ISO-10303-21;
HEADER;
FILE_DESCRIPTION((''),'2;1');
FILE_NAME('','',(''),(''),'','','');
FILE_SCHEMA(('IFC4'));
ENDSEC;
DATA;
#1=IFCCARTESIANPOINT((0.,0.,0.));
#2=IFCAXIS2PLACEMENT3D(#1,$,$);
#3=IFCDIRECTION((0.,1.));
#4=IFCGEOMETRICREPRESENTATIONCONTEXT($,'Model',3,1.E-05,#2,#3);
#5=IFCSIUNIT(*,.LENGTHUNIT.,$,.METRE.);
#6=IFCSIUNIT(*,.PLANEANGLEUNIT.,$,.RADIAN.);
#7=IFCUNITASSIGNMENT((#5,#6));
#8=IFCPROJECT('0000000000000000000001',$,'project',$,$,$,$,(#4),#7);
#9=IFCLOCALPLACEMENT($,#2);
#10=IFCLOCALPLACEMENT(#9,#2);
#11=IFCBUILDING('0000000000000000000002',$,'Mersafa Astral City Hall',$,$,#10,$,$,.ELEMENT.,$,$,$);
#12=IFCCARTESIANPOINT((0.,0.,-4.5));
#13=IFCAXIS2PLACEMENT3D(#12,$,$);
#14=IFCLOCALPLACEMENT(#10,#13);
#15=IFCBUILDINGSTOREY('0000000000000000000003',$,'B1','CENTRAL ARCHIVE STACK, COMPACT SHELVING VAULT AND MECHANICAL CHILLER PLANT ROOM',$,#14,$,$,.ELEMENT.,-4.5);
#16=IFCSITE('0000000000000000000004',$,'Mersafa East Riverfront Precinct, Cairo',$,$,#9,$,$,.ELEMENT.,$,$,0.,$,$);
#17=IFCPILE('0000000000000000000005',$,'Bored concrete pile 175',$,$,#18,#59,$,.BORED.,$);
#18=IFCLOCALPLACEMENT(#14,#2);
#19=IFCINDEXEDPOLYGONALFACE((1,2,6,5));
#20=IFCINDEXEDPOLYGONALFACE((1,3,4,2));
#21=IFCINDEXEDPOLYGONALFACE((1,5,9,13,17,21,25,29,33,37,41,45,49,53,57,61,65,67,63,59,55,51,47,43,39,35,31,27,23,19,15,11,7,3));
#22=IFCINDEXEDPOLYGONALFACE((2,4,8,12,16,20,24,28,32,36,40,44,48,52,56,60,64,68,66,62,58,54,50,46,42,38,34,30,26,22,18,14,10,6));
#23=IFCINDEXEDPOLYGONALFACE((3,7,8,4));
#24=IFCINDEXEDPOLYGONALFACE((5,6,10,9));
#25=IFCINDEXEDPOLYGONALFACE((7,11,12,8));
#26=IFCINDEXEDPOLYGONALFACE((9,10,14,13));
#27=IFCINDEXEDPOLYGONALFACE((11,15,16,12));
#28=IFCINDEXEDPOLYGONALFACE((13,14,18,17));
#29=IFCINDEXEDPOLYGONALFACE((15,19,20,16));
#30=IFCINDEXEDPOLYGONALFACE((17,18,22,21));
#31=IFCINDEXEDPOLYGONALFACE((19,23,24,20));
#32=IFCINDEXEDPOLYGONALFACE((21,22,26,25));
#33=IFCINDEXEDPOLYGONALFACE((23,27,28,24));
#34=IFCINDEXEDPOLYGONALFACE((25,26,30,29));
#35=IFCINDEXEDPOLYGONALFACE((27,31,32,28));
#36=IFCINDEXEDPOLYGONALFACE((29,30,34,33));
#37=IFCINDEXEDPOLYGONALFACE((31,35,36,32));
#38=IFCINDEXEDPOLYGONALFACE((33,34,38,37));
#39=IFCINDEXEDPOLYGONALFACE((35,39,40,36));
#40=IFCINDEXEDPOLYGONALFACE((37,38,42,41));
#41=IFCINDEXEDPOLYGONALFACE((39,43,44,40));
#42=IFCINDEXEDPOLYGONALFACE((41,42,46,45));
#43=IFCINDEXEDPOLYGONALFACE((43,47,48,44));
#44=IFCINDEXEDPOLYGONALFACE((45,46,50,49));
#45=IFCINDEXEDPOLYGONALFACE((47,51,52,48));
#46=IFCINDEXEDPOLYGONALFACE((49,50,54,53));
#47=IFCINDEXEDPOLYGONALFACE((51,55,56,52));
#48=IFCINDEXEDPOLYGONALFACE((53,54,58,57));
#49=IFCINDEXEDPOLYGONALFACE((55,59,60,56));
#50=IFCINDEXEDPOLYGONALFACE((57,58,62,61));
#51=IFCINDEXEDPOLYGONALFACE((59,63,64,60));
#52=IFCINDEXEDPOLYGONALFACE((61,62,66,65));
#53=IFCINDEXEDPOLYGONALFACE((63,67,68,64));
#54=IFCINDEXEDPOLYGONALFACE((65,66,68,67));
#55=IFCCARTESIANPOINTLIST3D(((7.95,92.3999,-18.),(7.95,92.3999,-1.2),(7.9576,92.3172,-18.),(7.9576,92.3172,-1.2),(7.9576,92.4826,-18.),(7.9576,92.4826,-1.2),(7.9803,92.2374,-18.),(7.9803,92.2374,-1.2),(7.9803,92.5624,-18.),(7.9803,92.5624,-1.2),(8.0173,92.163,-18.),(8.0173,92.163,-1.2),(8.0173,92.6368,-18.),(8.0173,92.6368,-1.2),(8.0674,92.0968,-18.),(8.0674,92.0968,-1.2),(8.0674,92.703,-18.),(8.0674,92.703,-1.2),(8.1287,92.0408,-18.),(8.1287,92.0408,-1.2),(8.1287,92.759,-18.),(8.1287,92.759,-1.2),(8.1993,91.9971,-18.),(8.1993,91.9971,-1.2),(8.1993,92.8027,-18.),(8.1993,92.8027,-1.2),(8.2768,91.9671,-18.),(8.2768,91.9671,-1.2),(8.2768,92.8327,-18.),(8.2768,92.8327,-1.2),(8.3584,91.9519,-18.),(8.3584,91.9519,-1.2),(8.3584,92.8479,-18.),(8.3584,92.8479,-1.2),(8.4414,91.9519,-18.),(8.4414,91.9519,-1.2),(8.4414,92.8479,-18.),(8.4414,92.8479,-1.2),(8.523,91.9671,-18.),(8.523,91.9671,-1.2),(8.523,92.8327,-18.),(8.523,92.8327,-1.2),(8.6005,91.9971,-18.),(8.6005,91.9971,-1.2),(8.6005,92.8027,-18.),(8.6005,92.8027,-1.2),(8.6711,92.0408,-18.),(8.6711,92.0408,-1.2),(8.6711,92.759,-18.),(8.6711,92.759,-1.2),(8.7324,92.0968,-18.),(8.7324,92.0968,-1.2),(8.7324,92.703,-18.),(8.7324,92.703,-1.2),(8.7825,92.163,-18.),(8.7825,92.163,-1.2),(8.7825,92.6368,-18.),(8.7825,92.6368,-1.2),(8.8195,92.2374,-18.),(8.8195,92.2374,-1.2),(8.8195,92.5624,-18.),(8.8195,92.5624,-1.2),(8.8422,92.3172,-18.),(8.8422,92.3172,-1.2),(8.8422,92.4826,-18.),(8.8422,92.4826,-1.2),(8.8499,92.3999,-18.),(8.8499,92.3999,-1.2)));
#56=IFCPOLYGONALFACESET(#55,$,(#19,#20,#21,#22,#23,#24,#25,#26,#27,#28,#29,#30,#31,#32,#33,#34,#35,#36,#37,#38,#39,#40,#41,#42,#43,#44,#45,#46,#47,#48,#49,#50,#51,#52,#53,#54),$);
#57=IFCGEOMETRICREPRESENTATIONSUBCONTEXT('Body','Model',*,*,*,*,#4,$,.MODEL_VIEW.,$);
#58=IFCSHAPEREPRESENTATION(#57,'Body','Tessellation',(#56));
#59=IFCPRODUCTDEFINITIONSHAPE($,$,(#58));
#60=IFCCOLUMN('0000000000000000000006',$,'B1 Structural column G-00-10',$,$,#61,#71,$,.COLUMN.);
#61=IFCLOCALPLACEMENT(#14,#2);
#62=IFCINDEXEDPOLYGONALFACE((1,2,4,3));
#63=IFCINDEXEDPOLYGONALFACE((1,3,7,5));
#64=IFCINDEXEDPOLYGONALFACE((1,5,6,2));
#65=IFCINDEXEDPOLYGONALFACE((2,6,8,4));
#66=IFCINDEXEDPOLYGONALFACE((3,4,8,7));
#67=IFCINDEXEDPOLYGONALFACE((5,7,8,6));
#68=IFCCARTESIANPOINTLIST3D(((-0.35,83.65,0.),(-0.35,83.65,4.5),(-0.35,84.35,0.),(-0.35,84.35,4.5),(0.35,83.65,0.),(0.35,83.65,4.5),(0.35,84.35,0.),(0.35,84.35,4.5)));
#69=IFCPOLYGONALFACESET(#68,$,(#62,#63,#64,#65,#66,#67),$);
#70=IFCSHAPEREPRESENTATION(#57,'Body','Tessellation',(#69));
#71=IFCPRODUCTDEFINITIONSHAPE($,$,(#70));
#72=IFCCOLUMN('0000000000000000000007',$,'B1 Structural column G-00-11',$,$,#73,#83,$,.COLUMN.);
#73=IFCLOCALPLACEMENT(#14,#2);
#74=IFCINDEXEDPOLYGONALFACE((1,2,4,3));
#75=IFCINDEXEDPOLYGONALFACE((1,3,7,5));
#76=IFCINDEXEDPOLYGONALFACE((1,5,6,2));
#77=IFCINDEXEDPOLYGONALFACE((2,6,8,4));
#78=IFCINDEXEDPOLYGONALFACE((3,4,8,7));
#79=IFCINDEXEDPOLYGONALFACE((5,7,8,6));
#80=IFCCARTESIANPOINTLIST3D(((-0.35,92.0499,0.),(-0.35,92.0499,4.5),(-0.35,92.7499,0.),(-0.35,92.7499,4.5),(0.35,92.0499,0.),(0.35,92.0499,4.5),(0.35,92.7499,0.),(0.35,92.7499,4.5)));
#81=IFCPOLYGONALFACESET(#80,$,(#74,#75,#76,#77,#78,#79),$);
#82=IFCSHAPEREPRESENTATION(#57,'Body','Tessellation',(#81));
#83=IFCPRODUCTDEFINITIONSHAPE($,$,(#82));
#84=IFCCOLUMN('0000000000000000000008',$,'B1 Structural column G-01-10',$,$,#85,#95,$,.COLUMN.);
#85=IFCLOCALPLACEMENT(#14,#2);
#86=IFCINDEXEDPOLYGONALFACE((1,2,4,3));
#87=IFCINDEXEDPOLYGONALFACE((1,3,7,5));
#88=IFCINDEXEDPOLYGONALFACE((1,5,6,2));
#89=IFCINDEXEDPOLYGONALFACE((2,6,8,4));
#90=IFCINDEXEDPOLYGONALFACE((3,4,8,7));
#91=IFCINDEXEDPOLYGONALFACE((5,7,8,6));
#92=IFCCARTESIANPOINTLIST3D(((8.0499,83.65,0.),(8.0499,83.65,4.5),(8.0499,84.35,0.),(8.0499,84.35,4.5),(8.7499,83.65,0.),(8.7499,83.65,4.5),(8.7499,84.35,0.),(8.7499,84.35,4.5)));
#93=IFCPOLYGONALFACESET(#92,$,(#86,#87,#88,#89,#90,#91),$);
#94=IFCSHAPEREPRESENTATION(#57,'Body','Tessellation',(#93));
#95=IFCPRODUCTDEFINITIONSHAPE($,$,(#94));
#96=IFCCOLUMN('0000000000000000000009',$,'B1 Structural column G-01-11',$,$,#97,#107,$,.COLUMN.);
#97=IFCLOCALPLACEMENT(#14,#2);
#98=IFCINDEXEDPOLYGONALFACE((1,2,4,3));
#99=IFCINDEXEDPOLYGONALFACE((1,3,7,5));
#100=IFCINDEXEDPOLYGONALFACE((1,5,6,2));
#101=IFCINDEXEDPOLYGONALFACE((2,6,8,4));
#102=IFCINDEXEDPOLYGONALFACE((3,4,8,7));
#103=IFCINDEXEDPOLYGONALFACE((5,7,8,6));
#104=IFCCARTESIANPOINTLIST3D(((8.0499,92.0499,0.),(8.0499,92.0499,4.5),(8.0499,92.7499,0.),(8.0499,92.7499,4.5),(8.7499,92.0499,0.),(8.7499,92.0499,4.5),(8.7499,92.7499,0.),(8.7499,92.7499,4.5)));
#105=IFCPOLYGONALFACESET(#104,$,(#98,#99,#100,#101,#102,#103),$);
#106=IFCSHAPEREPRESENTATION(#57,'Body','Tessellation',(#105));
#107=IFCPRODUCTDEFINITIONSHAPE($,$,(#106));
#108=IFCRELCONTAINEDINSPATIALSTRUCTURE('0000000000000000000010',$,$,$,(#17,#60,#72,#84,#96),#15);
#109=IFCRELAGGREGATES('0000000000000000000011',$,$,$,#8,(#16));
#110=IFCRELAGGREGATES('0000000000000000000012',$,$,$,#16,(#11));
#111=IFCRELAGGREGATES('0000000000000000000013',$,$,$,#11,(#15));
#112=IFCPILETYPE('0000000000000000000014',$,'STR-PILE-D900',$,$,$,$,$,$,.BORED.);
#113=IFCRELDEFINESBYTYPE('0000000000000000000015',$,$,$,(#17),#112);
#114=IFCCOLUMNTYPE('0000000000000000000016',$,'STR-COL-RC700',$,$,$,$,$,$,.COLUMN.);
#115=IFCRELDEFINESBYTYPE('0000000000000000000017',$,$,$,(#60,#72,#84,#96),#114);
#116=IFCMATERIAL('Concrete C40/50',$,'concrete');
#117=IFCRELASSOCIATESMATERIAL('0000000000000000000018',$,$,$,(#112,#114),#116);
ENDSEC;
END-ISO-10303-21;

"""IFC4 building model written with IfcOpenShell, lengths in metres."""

from ifc_helpers import new_model, si_unit, direction, frame, origin, origin_2d, place, context, subcontext, project, spatial, rectangle, circle, extrude, material, material_profile, profile_set, type_object, element, save


model = new_model("IFC4")

# Units and contexts
model_context = context("Model", 3, precision=1e-05, world=origin(), true_north=direction((0.0, 1.0)))
body_context = subcontext(model_context, "Body", "Model", "MODEL_VIEW")
ifc_project = project(units=[si_unit("LENGTHUNIT", "METRE"), si_unit("PLANEANGLEUNIT", "RADIAN")], contexts=[model_context])

# Site, building, storey
site_placement = place(None, origin())
site = spatial("IfcSite", under=ifc_project, at=site_placement, Name="Mersafa East Riverfront Precinct, Cairo", CompositionType="ELEMENT", RefElevation=0.0)
building_placement = place(site_placement, origin())
building = spatial("IfcBuilding", under=site, at=building_placement, Name="Mersafa Astral City Hall", CompositionType="ELEMENT")
storey_placement = place(building_placement, frame((0.0, 0.0, -4.5)))
storey = spatial("IfcBuildingStorey", under=building, at=storey_placement, Name="B1", Description="CENTRAL ARCHIVE STACK, COMPACT SHELVING VAULT AND MECHANICAL CHILLER PLANT ROOM", CompositionType="ELEMENT", Elevation=-4.5)

# Shared definitions
ifc_material = material(Name="Concrete C40/50", Category="concrete")

# Pile
ifc_material_profile_1 = material_profile(ifc_material, circle(Radius=0.45, at=origin_2d()), Name="PILE D900")
ifc_profile_set_1 = profile_set([ifc_material_profile_1], Name="Concrete C40/50")
pile_type_1 = type_object("IfcPileType", Name="STR-PILE-D900", PredefinedType="BORED", material=ifc_profile_set_1)
for number, where, z_axis, x_axis, name in (
    (1, (8.3999, 92.3999, -1.2), (0.0, 0.0, -1.0), (1.0, 0.0, 0.0), "Bored concrete pile 175"),
):
    element("IfcPile", number, at=place(storey_placement, frame(where, z_axis=z_axis, x_axis=x_axis)), inside=storey, type_object=pile_type_1, Name=name, PredefinedType="BORED", context=body_context, shape_type="SweptSolid", body=[
        extrude(circle(Radius=0.45, at=origin_2d()), origin(), (0.0, 0.0, 1.0), 16.8),
    ])

# Columns
ifc_material_profile_2 = material_profile(ifc_material, rectangle(XDim=0.7, YDim=0.7, at=origin_2d()), Name="RC 700x700")
ifc_profile_set_2 = profile_set([ifc_material_profile_2], Name="Concrete C40/50")
column_type = type_object("IfcColumnType", Name="STR-COL-RC700", PredefinedType="COLUMN", material=ifc_profile_set_2)
for number, where, z_axis, x_axis, name in (
    (2, (0.0, 84.0, 0.0), (0.0, 0.0, 1.0), (1.0, 0.0, 0.0), "B1 Structural column G-00-10"),
    (3, (0.0, 92.3999, 0.0), (0.0, 0.0, 1.0), (1.0, 0.0, 0.0), "B1 Structural column G-00-11"),
    (4, (8.3999, 84.0, 0.0), (0.0, 0.0, 1.0), (1.0, 0.0, 0.0), "B1 Structural column G-01-10"),
    (5, (8.3999, 92.3999, 0.0), (0.0, 0.0, 1.0), (1.0, 0.0, 0.0), "B1 Structural column G-01-11"),
):
    element("IfcColumn", number, at=place(storey_placement, frame(where, z_axis=z_axis, x_axis=x_axis)), inside=storey, type_object=column_type, Name=name, PredefinedType="COLUMN", context=body_context, shape_type="SweptSolid", body=[
        extrude(rectangle(XDim=0.7, YDim=0.7, at=origin_2d()), origin(), (0.0, 0.0, 1.0), 4.5),
    ])

save(model, "model.ifc")
